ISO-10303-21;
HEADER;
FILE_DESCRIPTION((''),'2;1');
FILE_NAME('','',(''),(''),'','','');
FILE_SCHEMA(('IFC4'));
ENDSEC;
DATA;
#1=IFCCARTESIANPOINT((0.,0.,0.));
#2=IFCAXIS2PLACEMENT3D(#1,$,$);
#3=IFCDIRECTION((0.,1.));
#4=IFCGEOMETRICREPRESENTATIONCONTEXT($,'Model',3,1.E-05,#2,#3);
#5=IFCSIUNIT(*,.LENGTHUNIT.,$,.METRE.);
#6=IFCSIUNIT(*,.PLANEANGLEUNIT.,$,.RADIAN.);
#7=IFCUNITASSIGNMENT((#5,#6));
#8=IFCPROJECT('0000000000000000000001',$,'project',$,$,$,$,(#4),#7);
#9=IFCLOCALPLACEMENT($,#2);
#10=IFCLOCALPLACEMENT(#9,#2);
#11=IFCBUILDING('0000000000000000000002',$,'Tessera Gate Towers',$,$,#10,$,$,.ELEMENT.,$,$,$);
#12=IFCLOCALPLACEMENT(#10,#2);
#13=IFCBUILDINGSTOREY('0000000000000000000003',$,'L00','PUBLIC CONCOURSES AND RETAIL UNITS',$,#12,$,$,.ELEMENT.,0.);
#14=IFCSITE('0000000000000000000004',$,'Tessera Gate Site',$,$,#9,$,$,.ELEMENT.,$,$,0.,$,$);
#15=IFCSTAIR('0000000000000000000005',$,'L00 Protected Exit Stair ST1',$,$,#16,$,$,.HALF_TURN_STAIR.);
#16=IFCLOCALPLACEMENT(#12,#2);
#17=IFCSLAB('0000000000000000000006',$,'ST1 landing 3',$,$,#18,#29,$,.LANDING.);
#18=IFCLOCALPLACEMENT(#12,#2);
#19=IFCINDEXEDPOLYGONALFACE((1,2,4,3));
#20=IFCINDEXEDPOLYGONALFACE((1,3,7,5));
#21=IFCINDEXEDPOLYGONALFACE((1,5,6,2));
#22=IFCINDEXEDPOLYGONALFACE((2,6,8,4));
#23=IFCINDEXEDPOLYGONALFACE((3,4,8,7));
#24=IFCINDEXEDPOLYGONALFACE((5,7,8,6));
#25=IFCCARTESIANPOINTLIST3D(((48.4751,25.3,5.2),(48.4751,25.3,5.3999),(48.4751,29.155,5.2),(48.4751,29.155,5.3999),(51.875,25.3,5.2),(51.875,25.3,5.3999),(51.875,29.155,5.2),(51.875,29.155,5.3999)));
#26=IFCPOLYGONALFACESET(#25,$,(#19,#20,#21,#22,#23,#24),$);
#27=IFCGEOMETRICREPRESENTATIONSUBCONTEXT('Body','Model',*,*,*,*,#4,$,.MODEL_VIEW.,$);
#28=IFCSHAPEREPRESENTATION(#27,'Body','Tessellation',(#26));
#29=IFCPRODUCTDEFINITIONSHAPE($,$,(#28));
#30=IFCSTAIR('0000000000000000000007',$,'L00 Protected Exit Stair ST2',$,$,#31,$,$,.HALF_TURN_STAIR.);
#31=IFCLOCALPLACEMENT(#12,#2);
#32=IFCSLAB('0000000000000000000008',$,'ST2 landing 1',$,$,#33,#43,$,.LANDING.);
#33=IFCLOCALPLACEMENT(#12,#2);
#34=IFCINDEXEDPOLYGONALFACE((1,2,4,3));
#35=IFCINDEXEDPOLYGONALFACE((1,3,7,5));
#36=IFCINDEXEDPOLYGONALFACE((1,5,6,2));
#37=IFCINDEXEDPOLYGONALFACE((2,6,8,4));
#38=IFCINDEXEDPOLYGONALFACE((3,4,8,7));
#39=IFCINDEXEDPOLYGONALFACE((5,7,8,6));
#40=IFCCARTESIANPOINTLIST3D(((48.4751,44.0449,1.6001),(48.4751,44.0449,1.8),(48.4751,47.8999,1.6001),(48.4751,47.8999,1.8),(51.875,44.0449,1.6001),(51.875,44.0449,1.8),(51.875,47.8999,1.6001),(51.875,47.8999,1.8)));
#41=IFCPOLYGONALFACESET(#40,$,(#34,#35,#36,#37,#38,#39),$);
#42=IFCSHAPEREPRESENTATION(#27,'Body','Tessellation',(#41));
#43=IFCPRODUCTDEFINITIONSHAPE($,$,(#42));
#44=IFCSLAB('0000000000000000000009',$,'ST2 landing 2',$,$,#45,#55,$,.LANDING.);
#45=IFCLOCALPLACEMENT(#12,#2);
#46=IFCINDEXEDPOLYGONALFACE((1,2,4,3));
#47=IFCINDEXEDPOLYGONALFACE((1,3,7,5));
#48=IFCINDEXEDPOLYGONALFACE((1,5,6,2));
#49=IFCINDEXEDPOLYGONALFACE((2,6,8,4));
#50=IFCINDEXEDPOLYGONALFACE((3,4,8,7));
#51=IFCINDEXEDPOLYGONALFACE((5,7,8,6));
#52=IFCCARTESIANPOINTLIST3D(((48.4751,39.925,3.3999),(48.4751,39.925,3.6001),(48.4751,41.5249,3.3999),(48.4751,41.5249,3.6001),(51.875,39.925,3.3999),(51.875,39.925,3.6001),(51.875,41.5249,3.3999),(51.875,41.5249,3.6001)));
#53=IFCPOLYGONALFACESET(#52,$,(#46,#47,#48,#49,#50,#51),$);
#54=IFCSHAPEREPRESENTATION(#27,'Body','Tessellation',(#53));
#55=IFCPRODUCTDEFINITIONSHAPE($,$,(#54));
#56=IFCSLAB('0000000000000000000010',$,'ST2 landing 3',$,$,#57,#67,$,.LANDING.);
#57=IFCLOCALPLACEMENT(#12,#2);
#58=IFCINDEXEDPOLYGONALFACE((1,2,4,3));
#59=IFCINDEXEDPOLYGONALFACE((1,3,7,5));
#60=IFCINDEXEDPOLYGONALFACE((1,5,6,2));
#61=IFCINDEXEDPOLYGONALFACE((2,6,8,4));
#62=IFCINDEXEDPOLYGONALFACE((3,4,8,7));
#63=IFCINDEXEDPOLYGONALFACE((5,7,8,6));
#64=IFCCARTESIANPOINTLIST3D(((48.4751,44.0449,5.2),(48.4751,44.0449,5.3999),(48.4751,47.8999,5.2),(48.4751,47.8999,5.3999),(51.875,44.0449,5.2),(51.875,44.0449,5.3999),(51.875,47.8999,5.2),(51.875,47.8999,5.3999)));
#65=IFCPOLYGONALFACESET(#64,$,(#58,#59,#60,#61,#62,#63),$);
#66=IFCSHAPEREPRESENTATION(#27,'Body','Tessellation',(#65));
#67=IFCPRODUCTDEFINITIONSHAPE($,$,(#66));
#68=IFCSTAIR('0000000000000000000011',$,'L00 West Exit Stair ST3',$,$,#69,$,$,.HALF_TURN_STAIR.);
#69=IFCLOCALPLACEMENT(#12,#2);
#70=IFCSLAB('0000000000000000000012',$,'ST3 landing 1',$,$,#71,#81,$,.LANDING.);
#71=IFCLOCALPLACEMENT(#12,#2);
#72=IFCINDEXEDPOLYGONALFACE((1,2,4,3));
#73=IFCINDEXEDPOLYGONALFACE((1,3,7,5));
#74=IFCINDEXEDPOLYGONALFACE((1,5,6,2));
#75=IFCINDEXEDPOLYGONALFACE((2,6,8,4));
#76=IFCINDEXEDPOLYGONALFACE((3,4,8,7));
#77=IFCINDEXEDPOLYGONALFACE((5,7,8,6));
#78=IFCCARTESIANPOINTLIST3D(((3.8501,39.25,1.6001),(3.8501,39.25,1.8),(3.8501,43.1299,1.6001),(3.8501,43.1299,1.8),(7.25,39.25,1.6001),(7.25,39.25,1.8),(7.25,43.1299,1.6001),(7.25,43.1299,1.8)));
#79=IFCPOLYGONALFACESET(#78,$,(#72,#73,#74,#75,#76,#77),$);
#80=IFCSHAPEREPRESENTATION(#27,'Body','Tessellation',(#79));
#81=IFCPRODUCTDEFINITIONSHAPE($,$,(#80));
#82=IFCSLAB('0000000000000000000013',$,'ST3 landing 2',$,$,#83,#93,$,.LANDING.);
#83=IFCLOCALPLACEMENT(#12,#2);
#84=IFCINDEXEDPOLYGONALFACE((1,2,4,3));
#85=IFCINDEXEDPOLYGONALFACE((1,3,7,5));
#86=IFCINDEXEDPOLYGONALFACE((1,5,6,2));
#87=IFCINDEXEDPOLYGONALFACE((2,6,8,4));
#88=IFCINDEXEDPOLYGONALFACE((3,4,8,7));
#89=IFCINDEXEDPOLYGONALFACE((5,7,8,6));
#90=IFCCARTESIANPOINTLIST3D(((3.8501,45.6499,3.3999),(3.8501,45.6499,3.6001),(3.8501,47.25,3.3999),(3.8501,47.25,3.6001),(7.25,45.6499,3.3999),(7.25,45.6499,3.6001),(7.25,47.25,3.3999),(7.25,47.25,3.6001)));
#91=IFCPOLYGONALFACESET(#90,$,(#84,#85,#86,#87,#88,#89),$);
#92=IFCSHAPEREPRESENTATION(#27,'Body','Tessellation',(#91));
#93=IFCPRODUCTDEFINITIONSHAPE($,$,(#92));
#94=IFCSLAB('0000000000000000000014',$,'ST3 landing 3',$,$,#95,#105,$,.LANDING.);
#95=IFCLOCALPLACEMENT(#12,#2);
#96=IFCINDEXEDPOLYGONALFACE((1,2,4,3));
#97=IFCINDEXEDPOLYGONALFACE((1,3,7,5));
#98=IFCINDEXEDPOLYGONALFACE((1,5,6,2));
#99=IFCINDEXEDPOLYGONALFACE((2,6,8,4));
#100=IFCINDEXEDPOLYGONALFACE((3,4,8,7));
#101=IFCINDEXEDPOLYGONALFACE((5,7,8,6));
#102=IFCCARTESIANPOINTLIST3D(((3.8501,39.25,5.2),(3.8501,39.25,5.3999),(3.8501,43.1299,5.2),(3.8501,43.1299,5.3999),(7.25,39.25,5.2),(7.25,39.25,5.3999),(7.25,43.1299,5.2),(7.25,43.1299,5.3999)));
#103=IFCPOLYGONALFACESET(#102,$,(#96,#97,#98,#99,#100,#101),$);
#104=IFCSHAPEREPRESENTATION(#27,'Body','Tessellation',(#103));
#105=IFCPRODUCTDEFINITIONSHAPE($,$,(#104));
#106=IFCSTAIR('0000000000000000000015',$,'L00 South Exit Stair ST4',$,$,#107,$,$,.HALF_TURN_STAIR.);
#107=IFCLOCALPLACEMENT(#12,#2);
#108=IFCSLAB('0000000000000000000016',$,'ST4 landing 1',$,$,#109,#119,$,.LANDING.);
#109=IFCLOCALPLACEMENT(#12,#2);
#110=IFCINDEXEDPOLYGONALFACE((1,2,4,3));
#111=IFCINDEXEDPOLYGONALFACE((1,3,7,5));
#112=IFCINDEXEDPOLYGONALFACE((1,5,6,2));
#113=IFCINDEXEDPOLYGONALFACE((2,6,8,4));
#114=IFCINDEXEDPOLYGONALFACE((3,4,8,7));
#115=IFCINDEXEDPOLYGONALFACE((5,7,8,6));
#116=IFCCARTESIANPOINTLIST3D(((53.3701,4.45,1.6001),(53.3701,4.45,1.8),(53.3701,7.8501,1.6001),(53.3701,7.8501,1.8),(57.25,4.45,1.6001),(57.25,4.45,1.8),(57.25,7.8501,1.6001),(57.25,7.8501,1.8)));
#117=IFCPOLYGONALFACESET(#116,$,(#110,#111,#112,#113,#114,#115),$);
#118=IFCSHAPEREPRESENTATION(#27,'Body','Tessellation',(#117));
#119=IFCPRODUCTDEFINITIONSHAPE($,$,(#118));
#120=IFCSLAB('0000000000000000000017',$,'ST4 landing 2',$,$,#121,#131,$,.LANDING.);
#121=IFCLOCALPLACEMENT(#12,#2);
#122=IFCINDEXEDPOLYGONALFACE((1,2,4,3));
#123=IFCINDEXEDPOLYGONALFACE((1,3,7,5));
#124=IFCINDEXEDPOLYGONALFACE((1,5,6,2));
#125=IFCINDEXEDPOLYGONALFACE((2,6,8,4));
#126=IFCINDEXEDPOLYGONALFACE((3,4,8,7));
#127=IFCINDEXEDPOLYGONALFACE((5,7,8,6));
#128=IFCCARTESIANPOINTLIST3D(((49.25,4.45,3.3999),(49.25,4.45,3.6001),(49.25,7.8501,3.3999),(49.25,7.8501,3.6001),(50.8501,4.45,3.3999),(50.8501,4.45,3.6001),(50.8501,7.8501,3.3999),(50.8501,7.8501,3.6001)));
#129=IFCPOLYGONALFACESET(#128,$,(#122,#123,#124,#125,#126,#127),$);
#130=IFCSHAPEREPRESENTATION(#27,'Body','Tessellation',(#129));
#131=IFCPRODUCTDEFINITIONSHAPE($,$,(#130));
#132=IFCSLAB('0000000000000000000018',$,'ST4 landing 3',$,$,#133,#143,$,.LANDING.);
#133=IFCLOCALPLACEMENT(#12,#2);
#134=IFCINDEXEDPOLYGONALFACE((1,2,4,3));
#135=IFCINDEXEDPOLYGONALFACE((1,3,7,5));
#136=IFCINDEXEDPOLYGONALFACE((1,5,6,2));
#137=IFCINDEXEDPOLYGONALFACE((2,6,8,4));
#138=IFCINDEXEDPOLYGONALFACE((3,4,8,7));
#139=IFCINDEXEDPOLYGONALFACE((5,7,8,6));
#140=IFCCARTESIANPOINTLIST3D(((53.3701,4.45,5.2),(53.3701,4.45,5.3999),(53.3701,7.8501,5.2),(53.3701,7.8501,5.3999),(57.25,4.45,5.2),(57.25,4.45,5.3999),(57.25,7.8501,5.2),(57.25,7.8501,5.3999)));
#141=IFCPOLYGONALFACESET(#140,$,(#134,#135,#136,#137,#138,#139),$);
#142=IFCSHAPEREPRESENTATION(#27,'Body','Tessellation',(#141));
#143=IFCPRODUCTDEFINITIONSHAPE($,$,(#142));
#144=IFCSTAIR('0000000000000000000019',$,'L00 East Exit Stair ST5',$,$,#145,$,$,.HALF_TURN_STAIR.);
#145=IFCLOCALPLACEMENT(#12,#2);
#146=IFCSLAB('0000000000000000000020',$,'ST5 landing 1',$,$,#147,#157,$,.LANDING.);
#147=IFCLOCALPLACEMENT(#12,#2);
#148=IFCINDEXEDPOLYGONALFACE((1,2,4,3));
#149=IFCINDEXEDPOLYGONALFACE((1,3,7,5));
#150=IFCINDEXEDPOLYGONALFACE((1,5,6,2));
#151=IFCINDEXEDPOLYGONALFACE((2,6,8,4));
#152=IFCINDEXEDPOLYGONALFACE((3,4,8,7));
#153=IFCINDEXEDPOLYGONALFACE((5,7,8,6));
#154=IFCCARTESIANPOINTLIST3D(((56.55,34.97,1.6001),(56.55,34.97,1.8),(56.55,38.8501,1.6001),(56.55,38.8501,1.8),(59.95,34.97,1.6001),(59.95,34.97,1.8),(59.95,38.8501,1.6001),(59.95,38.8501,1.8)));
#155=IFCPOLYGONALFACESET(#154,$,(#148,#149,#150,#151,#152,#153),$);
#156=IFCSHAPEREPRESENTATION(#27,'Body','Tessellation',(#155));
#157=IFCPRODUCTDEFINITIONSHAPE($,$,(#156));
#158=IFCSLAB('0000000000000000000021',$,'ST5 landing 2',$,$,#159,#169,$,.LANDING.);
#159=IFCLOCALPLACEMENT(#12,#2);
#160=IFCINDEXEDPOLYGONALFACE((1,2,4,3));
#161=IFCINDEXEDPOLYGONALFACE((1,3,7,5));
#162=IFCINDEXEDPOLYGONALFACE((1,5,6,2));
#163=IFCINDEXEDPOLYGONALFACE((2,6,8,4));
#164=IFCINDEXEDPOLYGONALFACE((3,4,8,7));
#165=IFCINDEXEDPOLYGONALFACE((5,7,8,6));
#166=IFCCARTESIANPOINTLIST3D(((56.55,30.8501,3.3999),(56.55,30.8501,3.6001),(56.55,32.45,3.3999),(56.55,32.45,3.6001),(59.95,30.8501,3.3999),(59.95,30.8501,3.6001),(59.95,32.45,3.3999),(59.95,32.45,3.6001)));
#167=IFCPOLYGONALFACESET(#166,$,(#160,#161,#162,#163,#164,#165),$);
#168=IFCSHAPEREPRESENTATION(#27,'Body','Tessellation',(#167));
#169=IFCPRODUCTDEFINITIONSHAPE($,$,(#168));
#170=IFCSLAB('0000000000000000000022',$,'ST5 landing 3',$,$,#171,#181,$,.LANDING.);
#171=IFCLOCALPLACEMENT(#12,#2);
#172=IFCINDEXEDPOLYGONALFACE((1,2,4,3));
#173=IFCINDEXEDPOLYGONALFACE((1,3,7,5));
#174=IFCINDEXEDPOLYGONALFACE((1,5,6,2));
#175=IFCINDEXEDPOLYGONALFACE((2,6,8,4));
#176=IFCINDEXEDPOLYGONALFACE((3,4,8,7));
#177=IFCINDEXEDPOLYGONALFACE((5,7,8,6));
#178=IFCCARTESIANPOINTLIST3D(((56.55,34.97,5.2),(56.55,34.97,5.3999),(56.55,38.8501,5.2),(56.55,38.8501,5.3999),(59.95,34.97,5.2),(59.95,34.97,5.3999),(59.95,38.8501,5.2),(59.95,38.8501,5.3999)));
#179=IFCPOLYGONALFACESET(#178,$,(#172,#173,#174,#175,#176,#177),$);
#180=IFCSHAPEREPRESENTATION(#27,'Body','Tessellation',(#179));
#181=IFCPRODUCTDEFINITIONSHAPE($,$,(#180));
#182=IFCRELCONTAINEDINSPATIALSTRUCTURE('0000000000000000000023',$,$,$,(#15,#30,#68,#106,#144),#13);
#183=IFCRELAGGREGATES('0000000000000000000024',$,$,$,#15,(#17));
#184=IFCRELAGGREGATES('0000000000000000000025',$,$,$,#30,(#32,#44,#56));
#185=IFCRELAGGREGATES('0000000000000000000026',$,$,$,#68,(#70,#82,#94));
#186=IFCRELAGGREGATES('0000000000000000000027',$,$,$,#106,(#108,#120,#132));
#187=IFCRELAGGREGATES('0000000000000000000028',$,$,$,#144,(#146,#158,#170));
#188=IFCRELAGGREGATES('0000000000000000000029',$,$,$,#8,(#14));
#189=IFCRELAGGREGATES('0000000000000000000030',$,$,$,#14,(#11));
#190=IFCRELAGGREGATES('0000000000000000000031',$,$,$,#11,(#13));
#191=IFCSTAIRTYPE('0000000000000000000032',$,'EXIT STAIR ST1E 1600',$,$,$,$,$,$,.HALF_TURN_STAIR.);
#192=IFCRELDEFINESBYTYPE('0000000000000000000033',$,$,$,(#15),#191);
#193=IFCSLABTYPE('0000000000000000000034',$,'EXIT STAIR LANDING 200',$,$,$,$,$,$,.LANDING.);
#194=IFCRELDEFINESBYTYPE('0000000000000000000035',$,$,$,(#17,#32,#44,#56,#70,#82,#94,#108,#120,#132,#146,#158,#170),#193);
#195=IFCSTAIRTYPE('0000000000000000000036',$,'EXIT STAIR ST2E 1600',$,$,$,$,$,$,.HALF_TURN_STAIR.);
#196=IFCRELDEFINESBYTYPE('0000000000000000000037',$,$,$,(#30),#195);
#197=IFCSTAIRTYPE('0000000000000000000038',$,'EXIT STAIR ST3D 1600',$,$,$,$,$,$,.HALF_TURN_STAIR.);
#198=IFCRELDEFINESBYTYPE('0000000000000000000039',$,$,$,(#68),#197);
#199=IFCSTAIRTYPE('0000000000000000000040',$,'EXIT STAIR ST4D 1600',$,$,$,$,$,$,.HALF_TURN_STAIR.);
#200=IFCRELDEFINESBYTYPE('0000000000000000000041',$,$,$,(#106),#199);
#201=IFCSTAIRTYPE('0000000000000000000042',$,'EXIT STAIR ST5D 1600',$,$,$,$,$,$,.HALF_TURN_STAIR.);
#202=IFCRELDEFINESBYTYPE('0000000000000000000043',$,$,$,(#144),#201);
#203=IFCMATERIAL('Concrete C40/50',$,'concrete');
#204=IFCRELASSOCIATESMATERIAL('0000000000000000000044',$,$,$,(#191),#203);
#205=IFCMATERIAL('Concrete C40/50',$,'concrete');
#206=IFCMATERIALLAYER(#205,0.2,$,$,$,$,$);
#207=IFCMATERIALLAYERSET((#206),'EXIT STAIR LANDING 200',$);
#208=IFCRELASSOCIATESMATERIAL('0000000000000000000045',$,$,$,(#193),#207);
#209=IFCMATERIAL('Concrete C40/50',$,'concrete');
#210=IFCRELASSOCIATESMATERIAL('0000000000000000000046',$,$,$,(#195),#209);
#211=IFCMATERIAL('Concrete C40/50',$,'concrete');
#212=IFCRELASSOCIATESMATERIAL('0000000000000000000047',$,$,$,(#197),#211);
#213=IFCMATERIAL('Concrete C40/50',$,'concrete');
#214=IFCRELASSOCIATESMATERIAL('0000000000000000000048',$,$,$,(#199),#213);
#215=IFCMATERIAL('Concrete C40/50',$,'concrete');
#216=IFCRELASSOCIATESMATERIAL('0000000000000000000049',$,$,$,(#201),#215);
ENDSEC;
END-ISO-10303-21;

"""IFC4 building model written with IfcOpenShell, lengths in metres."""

from ifc_helpers import new_model, si_unit, direction, frame, origin, place, context, subcontext, project, spatial, polyline, outline, extrude, material, layer, layer_set, type_object, element, aggregate, save


model = new_model("IFC4")

# Units and contexts
model_context = context("Model", 3, precision=1e-05, world=origin(), true_north=direction((0.0, 1.0)))
body_context = subcontext(model_context, "Body", "Model", "MODEL_VIEW")
ifc_project = project(units=[si_unit("LENGTHUNIT", "METRE"), si_unit("PLANEANGLEUNIT", "RADIAN")], contexts=[model_context])

# Site, building, storey
site_placement = place(None, origin())
site = spatial("IfcSite", under=ifc_project, at=site_placement, Name="Tessera Gate Site", CompositionType="ELEMENT", RefElevation=0.0)
building_placement = place(site_placement, origin())
building = spatial("IfcBuilding", under=site, at=building_placement, Name="Tessera Gate Towers", CompositionType="ELEMENT")
storey_placement = place(building_placement, origin())
storey = spatial("IfcBuildingStorey", under=building, at=storey_placement, Name="L00", Description="PUBLIC CONCOURSES AND RETAIL UNITS", CompositionType="ELEMENT", Elevation=0.0)

# Stairs, slabs
ifc_material_1 = material(Name="Concrete C40/50", Category="concrete")
stair_type_1 = type_object("IfcStairType", Name="EXIT STAIR ST1E 1600", PredefinedType="HALF_TURN_STAIR", material=ifc_material_1)
stair_1_placement = place(storey_placement, origin())
stair_1 = element("IfcStair", 1, at=stair_1_placement, inside=storey, type_object=stair_type_1, Name="L00 Protected Exit Stair ST1", PredefinedType="HALF_TURN_STAIR")
ifc_material_2 = material(Name="Concrete C40/50", Category="concrete")
ifc_layer_1 = layer(ifc_material_2, 0.2)
ifc_layer_set_1 = layer_set([ifc_layer_1], Name="EXIT STAIR LANDING 200")
slab_type_1 = type_object("IfcSlabType", Name="EXIT STAIR LANDING 200", PredefinedType="LANDING", material=ifc_layer_set_1)
slab_1_placement = place(storey_placement, frame((0.0, 0.0, 5.2)))
slab_1 = element("IfcSlab", 2, at=slab_1_placement, type_object=slab_type_1, Name="ST1 landing 3", PredefinedType="LANDING", context=body_context, shape_type="SweptSolid", body=[
    extrude(outline(polyline([(48.4751, 29.155), (48.4751, 25.3), (51.875, 25.3), (51.875, 29.155), (48.4751, 29.155)])), origin(), (0.0, 0.0, 1.0), 0.2),
])
aggregate(stair_1, [slab_1])
ifc_material_3 = material(Name="Concrete C40/50", Category="concrete")
stair_type_2 = type_object("IfcStairType", Name="EXIT STAIR ST2E 1600", PredefinedType="HALF_TURN_STAIR", material=ifc_material_3)
stair_2_placement = place(storey_placement, origin())
stair_2 = element("IfcStair", 3, at=stair_2_placement, inside=storey, type_object=stair_type_2, Name="L00 Protected Exit Stair ST2", PredefinedType="HALF_TURN_STAIR")
slab_2_placement = place(storey_placement, frame((0.0, 0.0, 1.6001)))
slab_2 = element("IfcSlab", 4, at=slab_2_placement, type_object=slab_type_1, Name="ST2 landing 1", PredefinedType="LANDING", context=body_context, shape_type="SweptSolid", body=[
    extrude(outline(polyline([(51.875, 44.0449), (51.875, 47.8999), (48.4751, 47.8999), (48.4751, 44.0449), (51.875, 44.0449)])), origin(), (0.0, 0.0, 1.0), 0.2),
])
slab_3_placement = place(storey_placement, frame((0.0, 0.0, 3.3999)))
slab_3 = element("IfcSlab", 5, at=slab_3_placement, type_object=slab_type_1, Name="ST2 landing 2", PredefinedType="LANDING", context=body_context, shape_type="SweptSolid", body=[
    extrude(outline(polyline([(51.875, 39.925), (51.875, 41.5249), (48.4751, 41.5249), (48.4751, 39.925), (51.875, 39.925)])), origin(), (0.0, 0.0, 1.0), 0.2002),
])
slab_4_placement = place(storey_placement, frame((0.0, 0.0, 5.2)))
slab_4 = element("IfcSlab", 6, at=slab_4_placement, type_object=slab_type_1, Name="ST2 landing 3", PredefinedType="LANDING", context=body_context, shape_type="SweptSolid", body=[
    extrude(outline(polyline([(51.875, 44.0449), (51.875, 47.8999), (48.4751, 47.8999), (48.4751, 44.0449), (51.875, 44.0449)])), origin(), (0.0, 0.0, 1.0), 0.2),
])
aggregate(stair_2, [slab_2, slab_3, slab_4])
ifc_material_4 = material(Name="Concrete C40/50", Category="concrete")
stair_type_3 = type_object("IfcStairType", Name="EXIT STAIR ST3D 1600", PredefinedType="HALF_TURN_STAIR", material=ifc_material_4)
stair_3_placement = place(storey_placement, origin())
stair_3 = element("IfcStair", 7, at=stair_3_placement, inside=storey, type_object=stair_type_3, Name="L00 West Exit Stair ST3", PredefinedType="HALF_TURN_STAIR")
slab_5_placement = place(storey_placement, frame((0.0, 0.0, 1.6001)))
slab_5 = element("IfcSlab", 8, at=slab_5_placement, type_object=slab_type_1, Name="ST3 landing 1", PredefinedType="LANDING", context=body_context, shape_type="SweptSolid", body=[
    extrude(outline(polyline([(3.8501, 43.1299), (3.8501, 39.25), (7.25, 39.25), (7.25, 43.1299), (3.8501, 43.1299)])), origin(), (0.0, 0.0, 1.0), 0.2),
])
slab_6_placement = place(storey_placement, frame((0.0, 0.0, 3.3999)))
slab_6 = element("IfcSlab", 9, at=slab_6_placement, type_object=slab_type_1, Name="ST3 landing 2", PredefinedType="LANDING", context=body_context, shape_type="SweptSolid", body=[
    extrude(outline(polyline([(3.8501, 47.25), (3.8501, 45.6499), (7.25, 45.6499), (7.25, 47.25), (3.8501, 47.25)])), origin(), (0.0, 0.0, 1.0), 0.2002),
])
slab_7_placement = place(storey_placement, frame((0.0, 0.0, 5.2)))
slab_7 = element("IfcSlab", 10, at=slab_7_placement, type_object=slab_type_1, Name="ST3 landing 3", PredefinedType="LANDING", context=body_context, shape_type="SweptSolid", body=[
    extrude(outline(polyline([(3.8501, 43.1299), (3.8501, 39.25), (7.25, 39.25), (7.25, 43.1299), (3.8501, 43.1299)])), origin(), (0.0, 0.0, 1.0), 0.2),
])
aggregate(stair_3, [slab_5, slab_6, slab_7])
ifc_material_5 = material(Name="Concrete C40/50", Category="concrete")
stair_type_4 = type_object("IfcStairType", Name="EXIT STAIR ST4D 1600", PredefinedType="HALF_TURN_STAIR", material=ifc_material_5)
stair_4_placement = place(storey_placement, origin())
stair_4 = element("IfcStair", 11, at=stair_4_placement, inside=storey, type_object=stair_type_4, Name="L00 South Exit Stair ST4", PredefinedType="HALF_TURN_STAIR")
slab_8_placement = place(storey_placement, frame((0.0, 0.0, 1.6001)))
slab_8 = element("IfcSlab", 12, at=slab_8_placement, type_object=slab_type_1, Name="ST4 landing 1", PredefinedType="LANDING", context=body_context, shape_type="SweptSolid", body=[
    extrude(outline(polyline([(53.3701, 4.45), (57.25, 4.45), (57.25, 7.8501), (53.3701, 7.8501), (53.3701, 4.45)])), origin(), (0.0, 0.0, 1.0), 0.2),
])
slab_9_placement = place(storey_placement, frame((0.0, 0.0, 3.3999)))
slab_9 = element("IfcSlab", 13, at=slab_9_placement, type_object=slab_type_1, Name="ST4 landing 2", PredefinedType="LANDING", context=body_context, shape_type="SweptSolid", body=[
    extrude(outline(polyline([(49.25, 4.45), (50.8501, 4.45), (50.8501, 7.8501), (49.25, 7.8501), (49.25, 4.45)])), origin(), (0.0, 0.0, 1.0), 0.2002),
])
slab_10_placement = place(storey_placement, frame((0.0, 0.0, 5.2)))
slab_10 = element("IfcSlab", 14, at=slab_10_placement, type_object=slab_type_1, Name="ST4 landing 3", PredefinedType="LANDING", context=body_context, shape_type="SweptSolid", body=[
    extrude(outline(polyline([(53.3701, 4.45), (57.25, 4.45), (57.25, 7.8501), (53.3701, 7.8501), (53.3701, 4.45)])), origin(), (0.0, 0.0, 1.0), 0.2),
])
aggregate(stair_4, [slab_8, slab_9, slab_10])
ifc_material_6 = material(Name="Concrete C40/50", Category="concrete")
stair_type_5 = type_object("IfcStairType", Name="EXIT STAIR ST5D 1600", PredefinedType="HALF_TURN_STAIR", material=ifc_material_6)
stair_5_placement = place(storey_placement, origin())
stair_5 = element("IfcStair", 15, at=stair_5_placement, inside=storey, type_object=stair_type_5, Name="L00 East Exit Stair ST5", PredefinedType="HALF_TURN_STAIR")
slab_11_placement = place(storey_placement, frame((0.0, 0.0, 1.6001)))
slab_11 = element("IfcSlab", 16, at=slab_11_placement, type_object=slab_type_1, Name="ST5 landing 1", PredefinedType="LANDING", context=body_context, shape_type="SweptSolid", body=[
    extrude(outline(polyline([(59.95, 34.97), (59.95, 38.8501), (56.55, 38.8501), (56.55, 34.97), (59.95, 34.97)])), origin(), (0.0, 0.0, 1.0), 0.2),
])
slab_12_placement = place(storey_placement, frame((0.0, 0.0, 3.3999)))
slab_12 = element("IfcSlab", 17, at=slab_12_placement, type_object=slab_type_1, Name="ST5 landing 2", PredefinedType="LANDING", context=body_context, shape_type="SweptSolid", body=[
    extrude(outline(polyline([(59.95, 30.8501), (59.95, 32.45), (56.55, 32.45), (56.55, 30.8501), (59.95, 30.8501)])), origin(), (0.0, 0.0, 1.0), 0.2002),
])
slab_13_placement = place(storey_placement, frame((0.0, 0.0, 5.2)))
slab_13 = element("IfcSlab", 18, at=slab_13_placement, type_object=slab_type_1, Name="ST5 landing 3", PredefinedType="LANDING", context=body_context, shape_type="SweptSolid", body=[
    extrude(outline(polyline([(59.95, 34.97), (59.95, 38.8501), (56.55, 38.8501), (56.55, 34.97), (59.95, 34.97)])), origin(), (0.0, 0.0, 1.0), 0.2),
])
aggregate(stair_5, [slab_11, slab_12, slab_13])

save(model, "model.ifc")
